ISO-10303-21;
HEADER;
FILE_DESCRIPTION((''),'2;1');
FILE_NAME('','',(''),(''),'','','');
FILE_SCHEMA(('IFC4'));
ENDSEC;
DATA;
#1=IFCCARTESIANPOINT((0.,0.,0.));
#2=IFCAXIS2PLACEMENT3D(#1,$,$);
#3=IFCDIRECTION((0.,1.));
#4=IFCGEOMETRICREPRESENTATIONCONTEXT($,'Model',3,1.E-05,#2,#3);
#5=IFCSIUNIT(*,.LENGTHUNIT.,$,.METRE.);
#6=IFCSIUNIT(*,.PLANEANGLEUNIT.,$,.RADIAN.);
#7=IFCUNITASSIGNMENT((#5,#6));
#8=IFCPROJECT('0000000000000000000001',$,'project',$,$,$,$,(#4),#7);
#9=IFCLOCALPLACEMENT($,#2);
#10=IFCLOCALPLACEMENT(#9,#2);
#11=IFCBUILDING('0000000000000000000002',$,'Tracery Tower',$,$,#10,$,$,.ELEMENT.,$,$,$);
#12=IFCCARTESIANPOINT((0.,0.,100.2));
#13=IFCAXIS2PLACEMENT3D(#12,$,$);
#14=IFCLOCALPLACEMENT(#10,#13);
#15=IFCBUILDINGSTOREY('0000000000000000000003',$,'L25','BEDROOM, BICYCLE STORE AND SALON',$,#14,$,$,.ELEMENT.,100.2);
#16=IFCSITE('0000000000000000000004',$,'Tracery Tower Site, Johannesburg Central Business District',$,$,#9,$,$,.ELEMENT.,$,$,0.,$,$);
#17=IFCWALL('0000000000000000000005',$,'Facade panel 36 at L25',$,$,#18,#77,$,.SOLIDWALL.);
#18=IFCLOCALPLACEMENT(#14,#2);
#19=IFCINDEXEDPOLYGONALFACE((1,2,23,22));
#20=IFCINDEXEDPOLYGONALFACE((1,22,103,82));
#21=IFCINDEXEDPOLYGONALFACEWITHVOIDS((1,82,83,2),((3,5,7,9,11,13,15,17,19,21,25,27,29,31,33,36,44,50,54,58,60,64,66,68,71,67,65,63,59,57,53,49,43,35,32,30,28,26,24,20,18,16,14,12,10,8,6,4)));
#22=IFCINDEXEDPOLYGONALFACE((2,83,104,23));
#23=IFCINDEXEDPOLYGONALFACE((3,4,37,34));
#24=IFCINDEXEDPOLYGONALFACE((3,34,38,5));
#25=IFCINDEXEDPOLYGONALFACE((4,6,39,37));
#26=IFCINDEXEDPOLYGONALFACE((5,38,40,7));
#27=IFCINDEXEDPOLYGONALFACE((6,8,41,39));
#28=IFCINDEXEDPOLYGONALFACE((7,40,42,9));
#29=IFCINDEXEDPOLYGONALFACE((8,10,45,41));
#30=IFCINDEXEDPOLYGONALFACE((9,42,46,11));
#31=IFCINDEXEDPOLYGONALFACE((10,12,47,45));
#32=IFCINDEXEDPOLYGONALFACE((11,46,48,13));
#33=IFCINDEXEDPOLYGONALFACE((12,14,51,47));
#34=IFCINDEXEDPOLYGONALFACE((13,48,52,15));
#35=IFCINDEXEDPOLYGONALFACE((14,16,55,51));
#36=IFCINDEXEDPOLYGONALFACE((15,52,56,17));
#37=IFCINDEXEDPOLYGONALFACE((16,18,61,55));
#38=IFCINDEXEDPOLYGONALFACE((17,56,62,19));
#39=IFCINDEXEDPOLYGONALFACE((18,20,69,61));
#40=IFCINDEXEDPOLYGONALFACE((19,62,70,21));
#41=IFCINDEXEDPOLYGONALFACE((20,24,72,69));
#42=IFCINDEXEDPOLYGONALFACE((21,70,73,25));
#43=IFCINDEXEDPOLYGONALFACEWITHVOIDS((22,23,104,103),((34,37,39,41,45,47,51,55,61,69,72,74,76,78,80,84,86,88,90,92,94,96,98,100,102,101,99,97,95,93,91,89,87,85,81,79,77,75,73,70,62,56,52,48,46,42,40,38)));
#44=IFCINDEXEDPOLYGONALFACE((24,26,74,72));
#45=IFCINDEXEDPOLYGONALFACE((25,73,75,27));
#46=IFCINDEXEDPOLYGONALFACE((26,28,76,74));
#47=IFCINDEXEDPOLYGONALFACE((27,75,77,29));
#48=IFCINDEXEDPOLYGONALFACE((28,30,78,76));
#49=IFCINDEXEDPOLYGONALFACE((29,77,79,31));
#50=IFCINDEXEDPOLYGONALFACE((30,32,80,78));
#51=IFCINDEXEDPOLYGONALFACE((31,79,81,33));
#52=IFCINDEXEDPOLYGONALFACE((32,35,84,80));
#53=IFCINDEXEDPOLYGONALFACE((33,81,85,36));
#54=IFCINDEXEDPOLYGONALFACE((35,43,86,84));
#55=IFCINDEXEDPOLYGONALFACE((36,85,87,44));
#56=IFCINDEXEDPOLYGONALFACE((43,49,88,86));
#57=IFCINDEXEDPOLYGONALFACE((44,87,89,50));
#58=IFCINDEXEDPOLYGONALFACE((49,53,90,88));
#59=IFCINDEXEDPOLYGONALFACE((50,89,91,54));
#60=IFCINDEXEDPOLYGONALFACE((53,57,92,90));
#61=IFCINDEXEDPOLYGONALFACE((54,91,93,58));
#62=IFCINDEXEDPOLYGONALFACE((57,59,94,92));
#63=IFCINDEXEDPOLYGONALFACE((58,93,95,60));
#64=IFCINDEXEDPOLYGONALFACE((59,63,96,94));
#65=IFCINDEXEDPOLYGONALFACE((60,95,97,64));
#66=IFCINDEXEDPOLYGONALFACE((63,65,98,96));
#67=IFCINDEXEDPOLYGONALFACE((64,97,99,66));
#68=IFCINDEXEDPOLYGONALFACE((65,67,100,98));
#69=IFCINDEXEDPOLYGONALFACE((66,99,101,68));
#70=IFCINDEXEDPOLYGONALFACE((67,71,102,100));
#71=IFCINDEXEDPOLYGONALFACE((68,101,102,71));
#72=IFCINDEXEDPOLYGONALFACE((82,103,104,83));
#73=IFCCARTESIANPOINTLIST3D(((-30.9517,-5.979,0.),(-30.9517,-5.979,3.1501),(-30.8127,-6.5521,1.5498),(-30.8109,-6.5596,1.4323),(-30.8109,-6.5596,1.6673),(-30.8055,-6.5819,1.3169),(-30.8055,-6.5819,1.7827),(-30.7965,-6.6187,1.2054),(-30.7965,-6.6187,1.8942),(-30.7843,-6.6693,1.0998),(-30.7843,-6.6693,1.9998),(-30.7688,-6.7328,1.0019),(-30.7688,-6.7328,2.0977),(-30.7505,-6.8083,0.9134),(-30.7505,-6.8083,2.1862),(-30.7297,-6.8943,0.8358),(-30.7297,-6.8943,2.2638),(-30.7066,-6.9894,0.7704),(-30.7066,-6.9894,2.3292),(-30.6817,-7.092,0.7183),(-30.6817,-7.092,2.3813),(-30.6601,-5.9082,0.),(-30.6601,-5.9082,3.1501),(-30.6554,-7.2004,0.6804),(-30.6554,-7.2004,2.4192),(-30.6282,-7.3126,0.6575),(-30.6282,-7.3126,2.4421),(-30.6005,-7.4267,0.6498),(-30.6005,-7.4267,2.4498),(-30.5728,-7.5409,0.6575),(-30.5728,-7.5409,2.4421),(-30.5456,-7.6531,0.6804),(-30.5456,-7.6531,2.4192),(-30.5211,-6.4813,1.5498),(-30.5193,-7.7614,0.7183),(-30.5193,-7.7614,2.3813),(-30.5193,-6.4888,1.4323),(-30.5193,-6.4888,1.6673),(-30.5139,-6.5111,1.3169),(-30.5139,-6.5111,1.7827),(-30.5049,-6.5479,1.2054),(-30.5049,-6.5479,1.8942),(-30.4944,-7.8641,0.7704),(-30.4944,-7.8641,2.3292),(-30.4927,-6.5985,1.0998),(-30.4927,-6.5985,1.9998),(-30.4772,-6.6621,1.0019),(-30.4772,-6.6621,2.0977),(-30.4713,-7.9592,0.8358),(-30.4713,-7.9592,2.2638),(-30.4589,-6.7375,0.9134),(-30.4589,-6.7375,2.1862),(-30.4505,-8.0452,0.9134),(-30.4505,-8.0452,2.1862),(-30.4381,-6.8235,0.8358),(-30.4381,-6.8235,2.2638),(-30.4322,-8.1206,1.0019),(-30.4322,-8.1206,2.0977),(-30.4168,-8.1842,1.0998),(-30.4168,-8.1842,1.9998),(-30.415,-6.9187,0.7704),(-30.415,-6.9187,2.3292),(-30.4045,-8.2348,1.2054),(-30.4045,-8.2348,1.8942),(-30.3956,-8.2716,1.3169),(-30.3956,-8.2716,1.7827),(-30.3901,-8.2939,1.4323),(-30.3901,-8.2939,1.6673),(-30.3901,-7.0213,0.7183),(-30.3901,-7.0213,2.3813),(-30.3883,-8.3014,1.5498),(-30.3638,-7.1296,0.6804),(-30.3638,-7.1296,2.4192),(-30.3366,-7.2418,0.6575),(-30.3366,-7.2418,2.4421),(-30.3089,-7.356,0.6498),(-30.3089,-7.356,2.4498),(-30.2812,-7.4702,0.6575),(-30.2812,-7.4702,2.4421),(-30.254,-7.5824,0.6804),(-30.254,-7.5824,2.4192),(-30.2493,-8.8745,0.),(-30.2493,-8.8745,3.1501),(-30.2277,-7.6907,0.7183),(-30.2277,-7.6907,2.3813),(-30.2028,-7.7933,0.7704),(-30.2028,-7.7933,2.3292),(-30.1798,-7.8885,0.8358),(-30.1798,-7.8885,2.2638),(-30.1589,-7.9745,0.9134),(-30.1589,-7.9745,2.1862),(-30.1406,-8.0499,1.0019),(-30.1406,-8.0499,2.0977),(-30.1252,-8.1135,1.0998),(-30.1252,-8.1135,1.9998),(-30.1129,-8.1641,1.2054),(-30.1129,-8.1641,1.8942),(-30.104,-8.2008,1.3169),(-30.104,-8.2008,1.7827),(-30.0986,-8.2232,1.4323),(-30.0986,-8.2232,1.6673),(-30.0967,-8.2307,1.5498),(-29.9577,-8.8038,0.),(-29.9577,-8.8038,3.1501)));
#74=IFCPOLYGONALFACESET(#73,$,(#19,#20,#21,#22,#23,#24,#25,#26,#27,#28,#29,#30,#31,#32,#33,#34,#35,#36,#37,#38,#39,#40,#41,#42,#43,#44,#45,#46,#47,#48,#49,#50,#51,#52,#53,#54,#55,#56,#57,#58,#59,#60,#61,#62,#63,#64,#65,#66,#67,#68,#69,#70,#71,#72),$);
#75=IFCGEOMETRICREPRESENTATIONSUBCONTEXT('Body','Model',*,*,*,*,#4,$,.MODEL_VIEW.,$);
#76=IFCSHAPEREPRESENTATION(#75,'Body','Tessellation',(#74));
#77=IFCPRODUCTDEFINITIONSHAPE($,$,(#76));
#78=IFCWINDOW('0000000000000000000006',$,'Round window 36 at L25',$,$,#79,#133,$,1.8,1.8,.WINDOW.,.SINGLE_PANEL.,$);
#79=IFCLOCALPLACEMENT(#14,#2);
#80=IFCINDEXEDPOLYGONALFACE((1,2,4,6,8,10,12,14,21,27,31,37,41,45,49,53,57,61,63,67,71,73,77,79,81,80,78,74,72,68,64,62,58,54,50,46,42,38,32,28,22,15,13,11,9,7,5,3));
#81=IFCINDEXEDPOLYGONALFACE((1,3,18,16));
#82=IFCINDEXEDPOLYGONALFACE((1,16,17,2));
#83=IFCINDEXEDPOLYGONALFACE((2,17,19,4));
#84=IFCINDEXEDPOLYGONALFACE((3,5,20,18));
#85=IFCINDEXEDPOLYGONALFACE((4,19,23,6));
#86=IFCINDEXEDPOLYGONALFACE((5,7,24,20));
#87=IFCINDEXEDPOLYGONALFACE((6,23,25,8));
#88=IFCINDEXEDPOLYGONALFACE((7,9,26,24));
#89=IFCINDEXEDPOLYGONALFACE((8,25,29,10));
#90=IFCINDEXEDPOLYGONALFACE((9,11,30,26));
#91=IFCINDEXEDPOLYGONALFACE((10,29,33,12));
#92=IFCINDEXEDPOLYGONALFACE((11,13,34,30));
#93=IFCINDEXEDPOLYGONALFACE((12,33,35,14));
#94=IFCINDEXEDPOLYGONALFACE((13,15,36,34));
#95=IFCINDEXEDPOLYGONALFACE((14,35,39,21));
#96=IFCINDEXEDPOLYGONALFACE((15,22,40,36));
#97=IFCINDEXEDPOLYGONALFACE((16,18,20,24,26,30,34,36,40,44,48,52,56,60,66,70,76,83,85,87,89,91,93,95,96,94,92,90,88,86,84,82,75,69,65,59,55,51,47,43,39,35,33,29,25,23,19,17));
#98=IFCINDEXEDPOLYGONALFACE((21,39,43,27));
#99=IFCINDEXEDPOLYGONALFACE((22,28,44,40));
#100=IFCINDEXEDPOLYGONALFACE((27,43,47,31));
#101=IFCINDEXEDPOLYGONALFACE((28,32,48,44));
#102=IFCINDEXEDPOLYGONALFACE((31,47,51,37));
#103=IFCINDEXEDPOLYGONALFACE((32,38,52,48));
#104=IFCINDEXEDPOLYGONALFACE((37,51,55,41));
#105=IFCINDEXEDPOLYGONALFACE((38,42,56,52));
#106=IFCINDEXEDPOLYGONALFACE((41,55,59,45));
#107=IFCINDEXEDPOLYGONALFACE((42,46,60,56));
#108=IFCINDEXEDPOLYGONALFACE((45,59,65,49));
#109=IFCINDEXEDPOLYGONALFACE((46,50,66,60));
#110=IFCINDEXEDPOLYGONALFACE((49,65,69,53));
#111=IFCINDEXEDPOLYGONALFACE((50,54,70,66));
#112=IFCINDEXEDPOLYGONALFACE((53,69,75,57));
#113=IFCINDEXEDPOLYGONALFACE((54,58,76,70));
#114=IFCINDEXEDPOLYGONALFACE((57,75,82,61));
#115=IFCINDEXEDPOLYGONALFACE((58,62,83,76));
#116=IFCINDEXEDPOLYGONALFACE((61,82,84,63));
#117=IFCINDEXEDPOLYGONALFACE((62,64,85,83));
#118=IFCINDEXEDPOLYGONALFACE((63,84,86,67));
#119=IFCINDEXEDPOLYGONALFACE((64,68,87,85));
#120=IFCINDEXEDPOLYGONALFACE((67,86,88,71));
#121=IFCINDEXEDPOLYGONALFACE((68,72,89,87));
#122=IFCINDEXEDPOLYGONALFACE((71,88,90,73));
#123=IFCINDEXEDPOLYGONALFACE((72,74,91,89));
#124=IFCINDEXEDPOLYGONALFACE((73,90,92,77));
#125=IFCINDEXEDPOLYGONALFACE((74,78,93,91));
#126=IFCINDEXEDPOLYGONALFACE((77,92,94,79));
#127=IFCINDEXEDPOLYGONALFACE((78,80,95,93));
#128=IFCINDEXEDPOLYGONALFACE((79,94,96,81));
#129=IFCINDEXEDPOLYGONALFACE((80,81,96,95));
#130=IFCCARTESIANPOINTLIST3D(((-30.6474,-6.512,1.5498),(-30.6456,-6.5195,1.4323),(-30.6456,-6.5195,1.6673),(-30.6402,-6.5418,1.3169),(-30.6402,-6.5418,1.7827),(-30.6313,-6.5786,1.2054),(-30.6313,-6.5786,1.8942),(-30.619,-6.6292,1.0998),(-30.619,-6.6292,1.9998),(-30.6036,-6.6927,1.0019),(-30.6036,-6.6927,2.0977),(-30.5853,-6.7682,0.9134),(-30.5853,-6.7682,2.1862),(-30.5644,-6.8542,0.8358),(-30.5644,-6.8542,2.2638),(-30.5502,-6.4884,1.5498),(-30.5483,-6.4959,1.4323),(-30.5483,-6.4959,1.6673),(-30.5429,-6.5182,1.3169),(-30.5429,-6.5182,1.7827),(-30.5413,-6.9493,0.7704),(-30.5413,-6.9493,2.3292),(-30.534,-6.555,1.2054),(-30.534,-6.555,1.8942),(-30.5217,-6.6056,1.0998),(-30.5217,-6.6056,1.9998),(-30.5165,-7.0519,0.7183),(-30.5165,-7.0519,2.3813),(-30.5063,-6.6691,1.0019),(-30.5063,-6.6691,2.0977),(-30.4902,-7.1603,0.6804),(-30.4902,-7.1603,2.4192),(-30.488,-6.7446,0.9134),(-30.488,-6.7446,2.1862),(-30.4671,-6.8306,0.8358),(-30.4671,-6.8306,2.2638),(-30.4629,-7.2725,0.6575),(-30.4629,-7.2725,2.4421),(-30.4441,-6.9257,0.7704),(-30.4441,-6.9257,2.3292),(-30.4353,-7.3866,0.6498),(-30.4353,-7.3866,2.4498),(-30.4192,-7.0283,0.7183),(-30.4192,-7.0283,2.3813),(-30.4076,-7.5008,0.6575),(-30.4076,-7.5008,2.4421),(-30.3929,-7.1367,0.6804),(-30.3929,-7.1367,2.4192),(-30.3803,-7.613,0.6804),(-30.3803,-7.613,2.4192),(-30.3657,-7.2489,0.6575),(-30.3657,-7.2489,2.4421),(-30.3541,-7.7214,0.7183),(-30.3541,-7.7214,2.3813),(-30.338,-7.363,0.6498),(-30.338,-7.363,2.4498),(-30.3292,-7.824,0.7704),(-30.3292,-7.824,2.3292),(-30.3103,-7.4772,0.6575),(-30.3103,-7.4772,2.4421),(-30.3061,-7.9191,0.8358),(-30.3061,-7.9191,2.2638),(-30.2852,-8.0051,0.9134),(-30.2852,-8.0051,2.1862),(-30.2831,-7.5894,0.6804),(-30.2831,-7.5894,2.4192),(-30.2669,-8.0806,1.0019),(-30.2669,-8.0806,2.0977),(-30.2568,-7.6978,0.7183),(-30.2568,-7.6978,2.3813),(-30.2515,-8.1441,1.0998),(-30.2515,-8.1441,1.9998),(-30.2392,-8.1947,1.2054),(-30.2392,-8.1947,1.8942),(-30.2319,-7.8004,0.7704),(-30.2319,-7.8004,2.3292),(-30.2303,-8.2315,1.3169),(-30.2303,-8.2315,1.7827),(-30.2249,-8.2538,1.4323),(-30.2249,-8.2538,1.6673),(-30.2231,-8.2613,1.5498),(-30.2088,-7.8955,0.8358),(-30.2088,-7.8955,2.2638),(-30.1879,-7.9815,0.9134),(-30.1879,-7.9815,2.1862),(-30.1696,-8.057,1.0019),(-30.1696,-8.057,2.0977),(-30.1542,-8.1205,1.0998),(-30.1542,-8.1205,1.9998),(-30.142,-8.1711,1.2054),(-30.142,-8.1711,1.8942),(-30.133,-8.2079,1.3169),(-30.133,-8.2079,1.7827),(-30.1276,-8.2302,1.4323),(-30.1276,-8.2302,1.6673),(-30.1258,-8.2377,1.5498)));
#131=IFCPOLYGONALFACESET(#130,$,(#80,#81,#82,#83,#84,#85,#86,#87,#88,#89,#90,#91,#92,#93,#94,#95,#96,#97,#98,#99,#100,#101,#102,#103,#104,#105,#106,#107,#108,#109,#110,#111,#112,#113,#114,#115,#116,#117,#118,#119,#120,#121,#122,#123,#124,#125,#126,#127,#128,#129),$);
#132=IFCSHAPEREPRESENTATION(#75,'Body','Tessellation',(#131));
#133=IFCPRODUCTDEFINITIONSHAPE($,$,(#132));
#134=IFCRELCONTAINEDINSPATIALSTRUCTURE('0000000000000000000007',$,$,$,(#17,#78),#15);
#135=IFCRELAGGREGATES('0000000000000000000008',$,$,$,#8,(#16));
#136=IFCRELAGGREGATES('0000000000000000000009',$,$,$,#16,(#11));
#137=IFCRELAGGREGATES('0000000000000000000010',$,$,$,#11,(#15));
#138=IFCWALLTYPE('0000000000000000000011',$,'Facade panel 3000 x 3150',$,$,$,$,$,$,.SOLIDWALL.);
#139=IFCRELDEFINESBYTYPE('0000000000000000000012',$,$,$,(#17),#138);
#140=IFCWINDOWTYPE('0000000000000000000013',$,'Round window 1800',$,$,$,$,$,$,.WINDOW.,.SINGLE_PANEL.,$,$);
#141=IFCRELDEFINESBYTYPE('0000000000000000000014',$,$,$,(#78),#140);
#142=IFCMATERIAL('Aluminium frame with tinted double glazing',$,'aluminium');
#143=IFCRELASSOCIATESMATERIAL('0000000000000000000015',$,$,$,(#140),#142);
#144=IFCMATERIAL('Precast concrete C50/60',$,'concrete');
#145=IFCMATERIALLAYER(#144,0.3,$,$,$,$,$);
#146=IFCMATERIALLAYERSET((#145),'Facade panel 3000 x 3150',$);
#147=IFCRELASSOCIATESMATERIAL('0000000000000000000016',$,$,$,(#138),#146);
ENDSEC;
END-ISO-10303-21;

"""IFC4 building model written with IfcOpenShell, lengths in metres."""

from ifc_helpers import new_model, si_unit, direction, frame, frame_2d, origin, origin_2d, place, context, subcontext, project, spatial, rectangle, circle, extrude, material, layer, layer_set, type_object, element, fill, save


model = new_model("IFC4")

# Units and contexts
model_context = context("Model", 3, precision=1e-05, world=origin(), true_north=direction((0.0, 1.0)))
body_context = subcontext(model_context, "Body", "Model", "MODEL_VIEW")
ifc_project = project(units=[si_unit("LENGTHUNIT", "METRE"), si_unit("PLANEANGLEUNIT", "RADIAN")], contexts=[model_context])

# Site, building, storey
site_placement = place(None, origin())
site = spatial("IfcSite", under=ifc_project, at=site_placement, Name="Tracery Tower Site, Johannesburg Central Business District", CompositionType="ELEMENT", RefElevation=0.0)
building_placement = place(site_placement, origin())
building = spatial("IfcBuilding", under=site, at=building_placement, Name="Tracery Tower", CompositionType="ELEMENT")
storey_placement = place(building_placement, frame((0.0, 0.0, 100.2)))
storey = spatial("IfcBuildingStorey", under=building, at=storey_placement, Name="L25", Description="BEDROOM, BICYCLE STORE AND SALON", CompositionType="ELEMENT", Elevation=100.2)

# Wall, opening, window
ifc_material_1 = material(Name="Aluminium frame with tinted double glazing", Category="aluminium")
window_type = type_object("IfcWindowType", Name="Round window 1800", PartitioningType="SINGLE_PANEL", PredefinedType="WINDOW", material=ifc_material_1)
ifc_material_2 = material(Name="Precast concrete C50/60", Category="concrete")
ifc_layer_1 = layer(ifc_material_2, 0.3)
ifc_layer_set_1 = layer_set([ifc_layer_1], Name="Facade panel 3000 x 3150")
wall_type_1 = type_object("IfcWallType", Name="Facade panel 3000 x 3150", PredefinedType="SOLIDWALL", material=ifc_layer_set_1)
wall_1_placement = place(storey_placement, frame((-30.8059, -5.9436, 0.0), z_axis=(0.0, 0.0, 1.0), x_axis=(0.235743, -0.971815, 0.0)))
wall_1 = element("IfcWall", 1, at=wall_1_placement, inside=storey, type_object=wall_type_1, Name="Facade panel 36 at L25", PredefinedType="SOLIDWALL", context=body_context, shape_type="SweptSolid", body=[
    extrude(rectangle(XDim=2.9795, YDim=0.3, at=frame_2d((1.4897, 0.0))), origin(), (0.0, 0.0, 1.0), 3.1501),
])
opening_1_placement = place(wall_1_placement, frame((1.4897, 0.0, 1.5498)))
opening_1 = element("IfcOpeningElement", 2, at=opening_1_placement, cuts=wall_1, PredefinedType="OPENING", context=body_context, shape_type="SweptSolid", body=[
    extrude(circle(Radius=0.9, at=origin_2d()), frame((0.0, 0.1599, 0.0), z_axis=(0.0, -1.0, 0.0), x_axis=(1.0, 0.0, 0.0)), (0.0, 0.0, 1.0), 0.3201),
])
window_1_placement = place(opening_1_placement, origin())
window_1 = element("IfcWindow", 3, at=window_1_placement, inside=storey, type_object=window_type, Name="Round window 36 at L25", OverallHeight=1.8, OverallWidth=1.8, PartitioningType="SINGLE_PANEL", PredefinedType="WINDOW", context=body_context, shape_type="SweptSolid", body=[
    extrude(circle(Radius=0.9, at=origin_2d()), frame((0.0, 0.1201, 0.0), z_axis=(0.0, -1.0, 0.0), x_axis=(1.0, 0.0, 0.0)), (0.0, 0.0, 1.0), 0.1001),
])
fill(opening_1, window_1)

save(model, "model.ifc")
